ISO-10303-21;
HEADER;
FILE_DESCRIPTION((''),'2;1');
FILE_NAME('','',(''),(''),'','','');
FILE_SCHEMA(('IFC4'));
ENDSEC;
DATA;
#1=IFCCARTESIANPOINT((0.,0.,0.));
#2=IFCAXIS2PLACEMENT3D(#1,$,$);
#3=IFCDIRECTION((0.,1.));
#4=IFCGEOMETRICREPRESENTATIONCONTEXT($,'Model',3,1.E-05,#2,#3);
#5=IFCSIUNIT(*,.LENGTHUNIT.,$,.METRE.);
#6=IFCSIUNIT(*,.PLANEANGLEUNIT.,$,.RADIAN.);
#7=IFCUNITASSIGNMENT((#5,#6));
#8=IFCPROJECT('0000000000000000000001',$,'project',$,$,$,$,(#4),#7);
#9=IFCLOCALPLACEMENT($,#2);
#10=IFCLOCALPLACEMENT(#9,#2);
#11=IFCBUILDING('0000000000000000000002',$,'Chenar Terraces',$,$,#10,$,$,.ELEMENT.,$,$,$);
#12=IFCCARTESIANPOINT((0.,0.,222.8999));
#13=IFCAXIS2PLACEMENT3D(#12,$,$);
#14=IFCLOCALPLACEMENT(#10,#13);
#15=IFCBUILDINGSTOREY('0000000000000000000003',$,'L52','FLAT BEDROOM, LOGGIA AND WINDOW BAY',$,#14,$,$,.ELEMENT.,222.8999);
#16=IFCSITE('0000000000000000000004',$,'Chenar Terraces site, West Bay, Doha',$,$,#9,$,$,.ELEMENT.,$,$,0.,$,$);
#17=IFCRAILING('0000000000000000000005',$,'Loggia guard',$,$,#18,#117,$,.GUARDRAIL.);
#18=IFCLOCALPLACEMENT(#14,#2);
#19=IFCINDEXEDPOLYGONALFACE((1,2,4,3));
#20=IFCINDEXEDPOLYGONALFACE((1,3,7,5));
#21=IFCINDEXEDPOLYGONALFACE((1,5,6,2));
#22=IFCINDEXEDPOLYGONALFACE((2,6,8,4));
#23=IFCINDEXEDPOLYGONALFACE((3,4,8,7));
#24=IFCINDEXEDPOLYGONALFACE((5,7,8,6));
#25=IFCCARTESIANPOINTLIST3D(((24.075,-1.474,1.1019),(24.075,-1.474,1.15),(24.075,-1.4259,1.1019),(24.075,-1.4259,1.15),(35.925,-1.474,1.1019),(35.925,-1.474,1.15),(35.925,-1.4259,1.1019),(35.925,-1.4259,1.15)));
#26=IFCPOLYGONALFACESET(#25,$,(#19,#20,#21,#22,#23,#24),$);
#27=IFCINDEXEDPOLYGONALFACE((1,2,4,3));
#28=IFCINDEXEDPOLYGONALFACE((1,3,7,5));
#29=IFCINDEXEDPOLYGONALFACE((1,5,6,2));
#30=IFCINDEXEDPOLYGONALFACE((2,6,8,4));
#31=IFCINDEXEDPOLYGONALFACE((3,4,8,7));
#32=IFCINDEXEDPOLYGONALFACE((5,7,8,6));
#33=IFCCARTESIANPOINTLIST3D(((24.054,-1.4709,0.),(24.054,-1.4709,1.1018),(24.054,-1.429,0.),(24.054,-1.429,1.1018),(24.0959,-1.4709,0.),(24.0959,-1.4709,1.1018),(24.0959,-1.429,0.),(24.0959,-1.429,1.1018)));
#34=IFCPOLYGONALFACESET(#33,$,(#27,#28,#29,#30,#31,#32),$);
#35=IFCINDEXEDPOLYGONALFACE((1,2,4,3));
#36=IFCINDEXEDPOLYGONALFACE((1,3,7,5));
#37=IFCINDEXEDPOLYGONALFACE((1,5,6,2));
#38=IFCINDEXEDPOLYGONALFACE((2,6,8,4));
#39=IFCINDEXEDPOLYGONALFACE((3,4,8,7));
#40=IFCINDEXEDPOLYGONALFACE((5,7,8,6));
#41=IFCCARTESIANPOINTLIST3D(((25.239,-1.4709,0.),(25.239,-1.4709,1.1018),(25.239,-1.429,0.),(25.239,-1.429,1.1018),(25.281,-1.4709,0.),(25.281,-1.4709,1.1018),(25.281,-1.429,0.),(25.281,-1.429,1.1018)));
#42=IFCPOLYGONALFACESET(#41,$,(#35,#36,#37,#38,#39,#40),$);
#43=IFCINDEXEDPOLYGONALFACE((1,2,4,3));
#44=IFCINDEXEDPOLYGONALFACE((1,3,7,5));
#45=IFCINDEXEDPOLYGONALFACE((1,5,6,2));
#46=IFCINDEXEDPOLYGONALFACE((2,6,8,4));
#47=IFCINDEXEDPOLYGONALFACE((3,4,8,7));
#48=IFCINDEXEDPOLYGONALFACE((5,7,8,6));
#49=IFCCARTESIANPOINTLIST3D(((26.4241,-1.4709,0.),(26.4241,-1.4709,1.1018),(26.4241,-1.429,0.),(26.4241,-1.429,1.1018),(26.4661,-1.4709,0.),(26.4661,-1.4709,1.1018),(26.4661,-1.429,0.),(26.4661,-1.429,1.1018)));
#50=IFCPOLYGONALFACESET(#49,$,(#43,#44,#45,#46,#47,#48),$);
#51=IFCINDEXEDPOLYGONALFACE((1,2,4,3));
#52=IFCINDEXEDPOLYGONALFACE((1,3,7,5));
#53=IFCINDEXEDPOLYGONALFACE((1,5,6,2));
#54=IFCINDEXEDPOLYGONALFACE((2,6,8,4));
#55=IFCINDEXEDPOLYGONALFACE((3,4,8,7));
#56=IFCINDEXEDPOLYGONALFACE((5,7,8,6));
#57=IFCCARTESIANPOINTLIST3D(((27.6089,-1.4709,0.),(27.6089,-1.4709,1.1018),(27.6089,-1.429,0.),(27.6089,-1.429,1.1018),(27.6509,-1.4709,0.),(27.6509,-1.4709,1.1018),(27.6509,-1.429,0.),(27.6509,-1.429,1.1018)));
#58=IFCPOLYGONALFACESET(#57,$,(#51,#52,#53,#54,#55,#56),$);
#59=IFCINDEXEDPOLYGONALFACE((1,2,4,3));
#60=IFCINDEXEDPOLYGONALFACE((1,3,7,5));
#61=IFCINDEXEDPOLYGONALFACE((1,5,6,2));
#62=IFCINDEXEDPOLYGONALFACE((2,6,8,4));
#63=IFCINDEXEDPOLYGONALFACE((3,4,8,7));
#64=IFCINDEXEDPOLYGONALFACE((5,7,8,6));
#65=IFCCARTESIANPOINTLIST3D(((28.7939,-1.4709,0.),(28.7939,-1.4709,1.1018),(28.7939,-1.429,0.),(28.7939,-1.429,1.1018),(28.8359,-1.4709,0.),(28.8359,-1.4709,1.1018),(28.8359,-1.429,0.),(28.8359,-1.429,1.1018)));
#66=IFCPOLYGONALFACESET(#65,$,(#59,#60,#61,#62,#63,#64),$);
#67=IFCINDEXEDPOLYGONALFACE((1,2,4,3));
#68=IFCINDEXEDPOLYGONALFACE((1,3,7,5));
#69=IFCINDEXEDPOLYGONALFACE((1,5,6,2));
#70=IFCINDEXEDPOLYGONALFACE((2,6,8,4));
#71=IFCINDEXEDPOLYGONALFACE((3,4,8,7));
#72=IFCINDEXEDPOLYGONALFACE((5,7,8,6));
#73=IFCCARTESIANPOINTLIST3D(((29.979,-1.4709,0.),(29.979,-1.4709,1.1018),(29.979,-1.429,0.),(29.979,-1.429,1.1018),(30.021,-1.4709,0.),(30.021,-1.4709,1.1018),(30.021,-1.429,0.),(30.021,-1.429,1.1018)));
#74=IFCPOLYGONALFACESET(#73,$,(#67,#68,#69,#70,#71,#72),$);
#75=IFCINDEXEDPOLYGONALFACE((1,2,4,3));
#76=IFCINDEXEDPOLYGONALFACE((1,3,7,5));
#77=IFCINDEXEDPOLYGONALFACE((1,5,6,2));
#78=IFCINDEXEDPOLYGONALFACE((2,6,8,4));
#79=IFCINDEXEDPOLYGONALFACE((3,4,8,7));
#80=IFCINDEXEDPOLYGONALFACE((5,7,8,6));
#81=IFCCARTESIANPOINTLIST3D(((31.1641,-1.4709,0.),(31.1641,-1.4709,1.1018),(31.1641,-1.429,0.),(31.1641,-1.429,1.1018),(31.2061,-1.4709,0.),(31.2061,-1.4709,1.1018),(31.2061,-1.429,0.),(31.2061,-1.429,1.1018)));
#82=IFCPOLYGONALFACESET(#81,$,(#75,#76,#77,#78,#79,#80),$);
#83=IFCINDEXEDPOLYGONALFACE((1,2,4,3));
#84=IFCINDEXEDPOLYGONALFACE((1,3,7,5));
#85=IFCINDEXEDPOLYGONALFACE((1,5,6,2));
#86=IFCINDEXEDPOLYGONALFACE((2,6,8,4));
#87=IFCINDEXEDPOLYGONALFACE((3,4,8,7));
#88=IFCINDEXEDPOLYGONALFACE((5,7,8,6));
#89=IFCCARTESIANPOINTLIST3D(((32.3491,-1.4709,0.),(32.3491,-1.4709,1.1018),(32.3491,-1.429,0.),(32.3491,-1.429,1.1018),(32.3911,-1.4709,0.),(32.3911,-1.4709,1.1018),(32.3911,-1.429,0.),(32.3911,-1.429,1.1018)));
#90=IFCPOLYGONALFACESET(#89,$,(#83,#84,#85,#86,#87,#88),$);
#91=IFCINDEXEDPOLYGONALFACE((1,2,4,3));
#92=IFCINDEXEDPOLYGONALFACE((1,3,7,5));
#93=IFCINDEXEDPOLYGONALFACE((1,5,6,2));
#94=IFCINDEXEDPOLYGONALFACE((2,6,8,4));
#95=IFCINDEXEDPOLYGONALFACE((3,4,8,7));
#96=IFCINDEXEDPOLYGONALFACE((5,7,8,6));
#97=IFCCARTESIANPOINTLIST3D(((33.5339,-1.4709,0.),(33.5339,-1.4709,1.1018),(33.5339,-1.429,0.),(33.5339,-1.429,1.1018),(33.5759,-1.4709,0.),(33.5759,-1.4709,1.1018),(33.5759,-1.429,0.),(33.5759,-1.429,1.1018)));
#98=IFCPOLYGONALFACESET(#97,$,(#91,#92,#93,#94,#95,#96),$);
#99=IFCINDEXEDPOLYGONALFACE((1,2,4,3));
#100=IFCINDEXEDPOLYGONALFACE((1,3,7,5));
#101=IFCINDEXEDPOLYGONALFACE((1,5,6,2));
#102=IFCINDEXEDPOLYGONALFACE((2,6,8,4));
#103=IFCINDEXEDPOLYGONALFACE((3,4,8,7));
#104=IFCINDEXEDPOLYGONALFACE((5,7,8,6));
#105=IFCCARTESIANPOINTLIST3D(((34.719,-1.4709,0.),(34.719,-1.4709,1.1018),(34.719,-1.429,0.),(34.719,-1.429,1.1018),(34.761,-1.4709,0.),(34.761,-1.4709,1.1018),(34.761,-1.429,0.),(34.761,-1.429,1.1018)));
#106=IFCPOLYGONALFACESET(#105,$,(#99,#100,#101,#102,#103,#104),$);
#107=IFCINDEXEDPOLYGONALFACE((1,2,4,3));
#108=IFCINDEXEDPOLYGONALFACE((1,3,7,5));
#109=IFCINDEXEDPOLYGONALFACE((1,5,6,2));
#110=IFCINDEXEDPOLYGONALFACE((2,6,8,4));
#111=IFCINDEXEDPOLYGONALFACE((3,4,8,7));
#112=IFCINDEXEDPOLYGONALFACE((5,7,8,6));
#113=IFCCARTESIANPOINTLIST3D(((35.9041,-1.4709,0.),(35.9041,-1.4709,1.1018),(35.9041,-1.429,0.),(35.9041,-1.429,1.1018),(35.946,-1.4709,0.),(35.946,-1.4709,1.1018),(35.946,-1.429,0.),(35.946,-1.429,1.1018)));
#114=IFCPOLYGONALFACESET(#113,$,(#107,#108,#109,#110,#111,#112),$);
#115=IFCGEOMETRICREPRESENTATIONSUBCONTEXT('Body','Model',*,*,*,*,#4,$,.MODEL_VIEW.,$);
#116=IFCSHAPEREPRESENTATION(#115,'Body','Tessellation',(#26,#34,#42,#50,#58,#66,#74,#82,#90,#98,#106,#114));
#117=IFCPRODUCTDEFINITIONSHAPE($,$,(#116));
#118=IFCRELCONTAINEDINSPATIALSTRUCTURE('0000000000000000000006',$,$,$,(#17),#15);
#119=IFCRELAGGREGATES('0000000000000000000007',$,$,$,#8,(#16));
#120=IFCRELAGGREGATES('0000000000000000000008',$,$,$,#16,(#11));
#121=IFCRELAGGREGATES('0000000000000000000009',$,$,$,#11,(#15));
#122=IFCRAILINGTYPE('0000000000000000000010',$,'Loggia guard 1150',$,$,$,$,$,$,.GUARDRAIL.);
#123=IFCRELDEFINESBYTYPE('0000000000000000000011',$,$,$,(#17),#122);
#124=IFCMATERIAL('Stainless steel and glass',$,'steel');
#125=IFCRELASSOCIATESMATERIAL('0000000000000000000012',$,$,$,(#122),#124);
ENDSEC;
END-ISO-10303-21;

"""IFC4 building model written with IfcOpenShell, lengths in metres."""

from ifc_helpers import new_model, si_unit, direction, frame, origin, origin_2d, place, context, subcontext, project, spatial, rectangle, extrude, material, type_object, element, save


model = new_model("IFC4")

# Units and contexts
model_context = context("Model", 3, precision=1e-05, world=origin(), true_north=direction((0.0, 1.0)))
body_context = subcontext(model_context, "Body", "Model", "MODEL_VIEW")
ifc_project = project(units=[si_unit("LENGTHUNIT", "METRE"), si_unit("PLANEANGLEUNIT", "RADIAN")], contexts=[model_context])

# Site, building, storey
site_placement = place(None, origin())
site = spatial("IfcSite", under=ifc_project, at=site_placement, Name="Chenar Terraces site, West Bay, Doha", CompositionType="ELEMENT", RefElevation=0.0)
building_placement = place(site_placement, origin())
building = spatial("IfcBuilding", under=site, at=building_placement, Name="Chenar Terraces", CompositionType="ELEMENT")
storey_placement = place(building_placement, frame((0.0, 0.0, 222.8999)))
storey = spatial("IfcBuildingStorey", under=building, at=storey_placement, Name="L52", Description="FLAT BEDROOM, LOGGIA AND WINDOW BAY", CompositionType="ELEMENT", Elevation=222.8999)

# Railing
ifc_material_1 = material(Name="Stainless steel and glass", Category="steel")
railing_type = type_object("IfcRailingType", Name="Loggia guard 1150", PredefinedType="GUARDRAIL", material=ifc_material_1)
railing_placement = place(storey_placement, frame((24.075, -1.45, 0.0)))
element("IfcRailing", 1, at=railing_placement, inside=storey, type_object=railing_type, Name="Loggia guard", PredefinedType="GUARDRAIL", context=body_context, shape_type="SweptSolid", body=[
    extrude(rectangle(XDim=0.0481, YDim=0.0481, at=origin_2d()), frame((0.0, 0.0, 1.126), z_axis=(1.0, 0.0, 0.0), x_axis=(0.0, 1.0, 0.0)), (0.0, 0.0, 1.0), 11.8501),
    extrude(rectangle(XDim=0.042, YDim=0.042, at=origin_2d()), origin(), (0.0, 0.0, 1.0), 1.1018),
    extrude(rectangle(XDim=0.042, YDim=0.042, at=origin_2d()), frame((1.1851, 0.0, 0.0)), (0.0, 0.0, 1.0), 1.1018),
    extrude(rectangle(XDim=0.042, YDim=0.042, at=origin_2d()), frame((2.3701, 0.0, 0.0)), (0.0, 0.0, 1.0), 1.1018),
    extrude(rectangle(XDim=0.042, YDim=0.042, at=origin_2d()), frame((3.5549, 0.0, 0.0)), (0.0, 0.0, 1.0), 1.1018),
    extrude(rectangle(XDim=0.042, YDim=0.042, at=origin_2d()), frame((4.74, 0.0, 0.0)), (0.0, 0.0, 1.0), 1.1018),
    extrude(rectangle(XDim=0.042, YDim=0.042, at=origin_2d()), frame((5.925, 0.0, 0.0)), (0.0, 0.0, 1.0), 1.1018),
    extrude(rectangle(XDim=0.042, YDim=0.042, at=origin_2d()), frame((7.1101, 0.0, 0.0)), (0.0, 0.0, 1.0), 1.1018),
    extrude(rectangle(XDim=0.042, YDim=0.042, at=origin_2d()), frame((8.2952, 0.0, 0.0)), (0.0, 0.0, 1.0), 1.1018),
    extrude(rectangle(XDim=0.042, YDim=0.042, at=origin_2d()), frame((9.48, 0.0, 0.0)), (0.0, 0.0, 1.0), 1.1018),
    extrude(rectangle(XDim=0.042, YDim=0.042, at=origin_2d()), frame((10.665, 0.0, 0.0)), (0.0, 0.0, 1.0), 1.1018),
    extrude(rectangle(XDim=0.042, YDim=0.042, at=origin_2d()), frame((11.8501, 0.0, 0.0)), (0.0, 0.0, 1.0), 1.1018),
])

save(model, "model.ifc")
